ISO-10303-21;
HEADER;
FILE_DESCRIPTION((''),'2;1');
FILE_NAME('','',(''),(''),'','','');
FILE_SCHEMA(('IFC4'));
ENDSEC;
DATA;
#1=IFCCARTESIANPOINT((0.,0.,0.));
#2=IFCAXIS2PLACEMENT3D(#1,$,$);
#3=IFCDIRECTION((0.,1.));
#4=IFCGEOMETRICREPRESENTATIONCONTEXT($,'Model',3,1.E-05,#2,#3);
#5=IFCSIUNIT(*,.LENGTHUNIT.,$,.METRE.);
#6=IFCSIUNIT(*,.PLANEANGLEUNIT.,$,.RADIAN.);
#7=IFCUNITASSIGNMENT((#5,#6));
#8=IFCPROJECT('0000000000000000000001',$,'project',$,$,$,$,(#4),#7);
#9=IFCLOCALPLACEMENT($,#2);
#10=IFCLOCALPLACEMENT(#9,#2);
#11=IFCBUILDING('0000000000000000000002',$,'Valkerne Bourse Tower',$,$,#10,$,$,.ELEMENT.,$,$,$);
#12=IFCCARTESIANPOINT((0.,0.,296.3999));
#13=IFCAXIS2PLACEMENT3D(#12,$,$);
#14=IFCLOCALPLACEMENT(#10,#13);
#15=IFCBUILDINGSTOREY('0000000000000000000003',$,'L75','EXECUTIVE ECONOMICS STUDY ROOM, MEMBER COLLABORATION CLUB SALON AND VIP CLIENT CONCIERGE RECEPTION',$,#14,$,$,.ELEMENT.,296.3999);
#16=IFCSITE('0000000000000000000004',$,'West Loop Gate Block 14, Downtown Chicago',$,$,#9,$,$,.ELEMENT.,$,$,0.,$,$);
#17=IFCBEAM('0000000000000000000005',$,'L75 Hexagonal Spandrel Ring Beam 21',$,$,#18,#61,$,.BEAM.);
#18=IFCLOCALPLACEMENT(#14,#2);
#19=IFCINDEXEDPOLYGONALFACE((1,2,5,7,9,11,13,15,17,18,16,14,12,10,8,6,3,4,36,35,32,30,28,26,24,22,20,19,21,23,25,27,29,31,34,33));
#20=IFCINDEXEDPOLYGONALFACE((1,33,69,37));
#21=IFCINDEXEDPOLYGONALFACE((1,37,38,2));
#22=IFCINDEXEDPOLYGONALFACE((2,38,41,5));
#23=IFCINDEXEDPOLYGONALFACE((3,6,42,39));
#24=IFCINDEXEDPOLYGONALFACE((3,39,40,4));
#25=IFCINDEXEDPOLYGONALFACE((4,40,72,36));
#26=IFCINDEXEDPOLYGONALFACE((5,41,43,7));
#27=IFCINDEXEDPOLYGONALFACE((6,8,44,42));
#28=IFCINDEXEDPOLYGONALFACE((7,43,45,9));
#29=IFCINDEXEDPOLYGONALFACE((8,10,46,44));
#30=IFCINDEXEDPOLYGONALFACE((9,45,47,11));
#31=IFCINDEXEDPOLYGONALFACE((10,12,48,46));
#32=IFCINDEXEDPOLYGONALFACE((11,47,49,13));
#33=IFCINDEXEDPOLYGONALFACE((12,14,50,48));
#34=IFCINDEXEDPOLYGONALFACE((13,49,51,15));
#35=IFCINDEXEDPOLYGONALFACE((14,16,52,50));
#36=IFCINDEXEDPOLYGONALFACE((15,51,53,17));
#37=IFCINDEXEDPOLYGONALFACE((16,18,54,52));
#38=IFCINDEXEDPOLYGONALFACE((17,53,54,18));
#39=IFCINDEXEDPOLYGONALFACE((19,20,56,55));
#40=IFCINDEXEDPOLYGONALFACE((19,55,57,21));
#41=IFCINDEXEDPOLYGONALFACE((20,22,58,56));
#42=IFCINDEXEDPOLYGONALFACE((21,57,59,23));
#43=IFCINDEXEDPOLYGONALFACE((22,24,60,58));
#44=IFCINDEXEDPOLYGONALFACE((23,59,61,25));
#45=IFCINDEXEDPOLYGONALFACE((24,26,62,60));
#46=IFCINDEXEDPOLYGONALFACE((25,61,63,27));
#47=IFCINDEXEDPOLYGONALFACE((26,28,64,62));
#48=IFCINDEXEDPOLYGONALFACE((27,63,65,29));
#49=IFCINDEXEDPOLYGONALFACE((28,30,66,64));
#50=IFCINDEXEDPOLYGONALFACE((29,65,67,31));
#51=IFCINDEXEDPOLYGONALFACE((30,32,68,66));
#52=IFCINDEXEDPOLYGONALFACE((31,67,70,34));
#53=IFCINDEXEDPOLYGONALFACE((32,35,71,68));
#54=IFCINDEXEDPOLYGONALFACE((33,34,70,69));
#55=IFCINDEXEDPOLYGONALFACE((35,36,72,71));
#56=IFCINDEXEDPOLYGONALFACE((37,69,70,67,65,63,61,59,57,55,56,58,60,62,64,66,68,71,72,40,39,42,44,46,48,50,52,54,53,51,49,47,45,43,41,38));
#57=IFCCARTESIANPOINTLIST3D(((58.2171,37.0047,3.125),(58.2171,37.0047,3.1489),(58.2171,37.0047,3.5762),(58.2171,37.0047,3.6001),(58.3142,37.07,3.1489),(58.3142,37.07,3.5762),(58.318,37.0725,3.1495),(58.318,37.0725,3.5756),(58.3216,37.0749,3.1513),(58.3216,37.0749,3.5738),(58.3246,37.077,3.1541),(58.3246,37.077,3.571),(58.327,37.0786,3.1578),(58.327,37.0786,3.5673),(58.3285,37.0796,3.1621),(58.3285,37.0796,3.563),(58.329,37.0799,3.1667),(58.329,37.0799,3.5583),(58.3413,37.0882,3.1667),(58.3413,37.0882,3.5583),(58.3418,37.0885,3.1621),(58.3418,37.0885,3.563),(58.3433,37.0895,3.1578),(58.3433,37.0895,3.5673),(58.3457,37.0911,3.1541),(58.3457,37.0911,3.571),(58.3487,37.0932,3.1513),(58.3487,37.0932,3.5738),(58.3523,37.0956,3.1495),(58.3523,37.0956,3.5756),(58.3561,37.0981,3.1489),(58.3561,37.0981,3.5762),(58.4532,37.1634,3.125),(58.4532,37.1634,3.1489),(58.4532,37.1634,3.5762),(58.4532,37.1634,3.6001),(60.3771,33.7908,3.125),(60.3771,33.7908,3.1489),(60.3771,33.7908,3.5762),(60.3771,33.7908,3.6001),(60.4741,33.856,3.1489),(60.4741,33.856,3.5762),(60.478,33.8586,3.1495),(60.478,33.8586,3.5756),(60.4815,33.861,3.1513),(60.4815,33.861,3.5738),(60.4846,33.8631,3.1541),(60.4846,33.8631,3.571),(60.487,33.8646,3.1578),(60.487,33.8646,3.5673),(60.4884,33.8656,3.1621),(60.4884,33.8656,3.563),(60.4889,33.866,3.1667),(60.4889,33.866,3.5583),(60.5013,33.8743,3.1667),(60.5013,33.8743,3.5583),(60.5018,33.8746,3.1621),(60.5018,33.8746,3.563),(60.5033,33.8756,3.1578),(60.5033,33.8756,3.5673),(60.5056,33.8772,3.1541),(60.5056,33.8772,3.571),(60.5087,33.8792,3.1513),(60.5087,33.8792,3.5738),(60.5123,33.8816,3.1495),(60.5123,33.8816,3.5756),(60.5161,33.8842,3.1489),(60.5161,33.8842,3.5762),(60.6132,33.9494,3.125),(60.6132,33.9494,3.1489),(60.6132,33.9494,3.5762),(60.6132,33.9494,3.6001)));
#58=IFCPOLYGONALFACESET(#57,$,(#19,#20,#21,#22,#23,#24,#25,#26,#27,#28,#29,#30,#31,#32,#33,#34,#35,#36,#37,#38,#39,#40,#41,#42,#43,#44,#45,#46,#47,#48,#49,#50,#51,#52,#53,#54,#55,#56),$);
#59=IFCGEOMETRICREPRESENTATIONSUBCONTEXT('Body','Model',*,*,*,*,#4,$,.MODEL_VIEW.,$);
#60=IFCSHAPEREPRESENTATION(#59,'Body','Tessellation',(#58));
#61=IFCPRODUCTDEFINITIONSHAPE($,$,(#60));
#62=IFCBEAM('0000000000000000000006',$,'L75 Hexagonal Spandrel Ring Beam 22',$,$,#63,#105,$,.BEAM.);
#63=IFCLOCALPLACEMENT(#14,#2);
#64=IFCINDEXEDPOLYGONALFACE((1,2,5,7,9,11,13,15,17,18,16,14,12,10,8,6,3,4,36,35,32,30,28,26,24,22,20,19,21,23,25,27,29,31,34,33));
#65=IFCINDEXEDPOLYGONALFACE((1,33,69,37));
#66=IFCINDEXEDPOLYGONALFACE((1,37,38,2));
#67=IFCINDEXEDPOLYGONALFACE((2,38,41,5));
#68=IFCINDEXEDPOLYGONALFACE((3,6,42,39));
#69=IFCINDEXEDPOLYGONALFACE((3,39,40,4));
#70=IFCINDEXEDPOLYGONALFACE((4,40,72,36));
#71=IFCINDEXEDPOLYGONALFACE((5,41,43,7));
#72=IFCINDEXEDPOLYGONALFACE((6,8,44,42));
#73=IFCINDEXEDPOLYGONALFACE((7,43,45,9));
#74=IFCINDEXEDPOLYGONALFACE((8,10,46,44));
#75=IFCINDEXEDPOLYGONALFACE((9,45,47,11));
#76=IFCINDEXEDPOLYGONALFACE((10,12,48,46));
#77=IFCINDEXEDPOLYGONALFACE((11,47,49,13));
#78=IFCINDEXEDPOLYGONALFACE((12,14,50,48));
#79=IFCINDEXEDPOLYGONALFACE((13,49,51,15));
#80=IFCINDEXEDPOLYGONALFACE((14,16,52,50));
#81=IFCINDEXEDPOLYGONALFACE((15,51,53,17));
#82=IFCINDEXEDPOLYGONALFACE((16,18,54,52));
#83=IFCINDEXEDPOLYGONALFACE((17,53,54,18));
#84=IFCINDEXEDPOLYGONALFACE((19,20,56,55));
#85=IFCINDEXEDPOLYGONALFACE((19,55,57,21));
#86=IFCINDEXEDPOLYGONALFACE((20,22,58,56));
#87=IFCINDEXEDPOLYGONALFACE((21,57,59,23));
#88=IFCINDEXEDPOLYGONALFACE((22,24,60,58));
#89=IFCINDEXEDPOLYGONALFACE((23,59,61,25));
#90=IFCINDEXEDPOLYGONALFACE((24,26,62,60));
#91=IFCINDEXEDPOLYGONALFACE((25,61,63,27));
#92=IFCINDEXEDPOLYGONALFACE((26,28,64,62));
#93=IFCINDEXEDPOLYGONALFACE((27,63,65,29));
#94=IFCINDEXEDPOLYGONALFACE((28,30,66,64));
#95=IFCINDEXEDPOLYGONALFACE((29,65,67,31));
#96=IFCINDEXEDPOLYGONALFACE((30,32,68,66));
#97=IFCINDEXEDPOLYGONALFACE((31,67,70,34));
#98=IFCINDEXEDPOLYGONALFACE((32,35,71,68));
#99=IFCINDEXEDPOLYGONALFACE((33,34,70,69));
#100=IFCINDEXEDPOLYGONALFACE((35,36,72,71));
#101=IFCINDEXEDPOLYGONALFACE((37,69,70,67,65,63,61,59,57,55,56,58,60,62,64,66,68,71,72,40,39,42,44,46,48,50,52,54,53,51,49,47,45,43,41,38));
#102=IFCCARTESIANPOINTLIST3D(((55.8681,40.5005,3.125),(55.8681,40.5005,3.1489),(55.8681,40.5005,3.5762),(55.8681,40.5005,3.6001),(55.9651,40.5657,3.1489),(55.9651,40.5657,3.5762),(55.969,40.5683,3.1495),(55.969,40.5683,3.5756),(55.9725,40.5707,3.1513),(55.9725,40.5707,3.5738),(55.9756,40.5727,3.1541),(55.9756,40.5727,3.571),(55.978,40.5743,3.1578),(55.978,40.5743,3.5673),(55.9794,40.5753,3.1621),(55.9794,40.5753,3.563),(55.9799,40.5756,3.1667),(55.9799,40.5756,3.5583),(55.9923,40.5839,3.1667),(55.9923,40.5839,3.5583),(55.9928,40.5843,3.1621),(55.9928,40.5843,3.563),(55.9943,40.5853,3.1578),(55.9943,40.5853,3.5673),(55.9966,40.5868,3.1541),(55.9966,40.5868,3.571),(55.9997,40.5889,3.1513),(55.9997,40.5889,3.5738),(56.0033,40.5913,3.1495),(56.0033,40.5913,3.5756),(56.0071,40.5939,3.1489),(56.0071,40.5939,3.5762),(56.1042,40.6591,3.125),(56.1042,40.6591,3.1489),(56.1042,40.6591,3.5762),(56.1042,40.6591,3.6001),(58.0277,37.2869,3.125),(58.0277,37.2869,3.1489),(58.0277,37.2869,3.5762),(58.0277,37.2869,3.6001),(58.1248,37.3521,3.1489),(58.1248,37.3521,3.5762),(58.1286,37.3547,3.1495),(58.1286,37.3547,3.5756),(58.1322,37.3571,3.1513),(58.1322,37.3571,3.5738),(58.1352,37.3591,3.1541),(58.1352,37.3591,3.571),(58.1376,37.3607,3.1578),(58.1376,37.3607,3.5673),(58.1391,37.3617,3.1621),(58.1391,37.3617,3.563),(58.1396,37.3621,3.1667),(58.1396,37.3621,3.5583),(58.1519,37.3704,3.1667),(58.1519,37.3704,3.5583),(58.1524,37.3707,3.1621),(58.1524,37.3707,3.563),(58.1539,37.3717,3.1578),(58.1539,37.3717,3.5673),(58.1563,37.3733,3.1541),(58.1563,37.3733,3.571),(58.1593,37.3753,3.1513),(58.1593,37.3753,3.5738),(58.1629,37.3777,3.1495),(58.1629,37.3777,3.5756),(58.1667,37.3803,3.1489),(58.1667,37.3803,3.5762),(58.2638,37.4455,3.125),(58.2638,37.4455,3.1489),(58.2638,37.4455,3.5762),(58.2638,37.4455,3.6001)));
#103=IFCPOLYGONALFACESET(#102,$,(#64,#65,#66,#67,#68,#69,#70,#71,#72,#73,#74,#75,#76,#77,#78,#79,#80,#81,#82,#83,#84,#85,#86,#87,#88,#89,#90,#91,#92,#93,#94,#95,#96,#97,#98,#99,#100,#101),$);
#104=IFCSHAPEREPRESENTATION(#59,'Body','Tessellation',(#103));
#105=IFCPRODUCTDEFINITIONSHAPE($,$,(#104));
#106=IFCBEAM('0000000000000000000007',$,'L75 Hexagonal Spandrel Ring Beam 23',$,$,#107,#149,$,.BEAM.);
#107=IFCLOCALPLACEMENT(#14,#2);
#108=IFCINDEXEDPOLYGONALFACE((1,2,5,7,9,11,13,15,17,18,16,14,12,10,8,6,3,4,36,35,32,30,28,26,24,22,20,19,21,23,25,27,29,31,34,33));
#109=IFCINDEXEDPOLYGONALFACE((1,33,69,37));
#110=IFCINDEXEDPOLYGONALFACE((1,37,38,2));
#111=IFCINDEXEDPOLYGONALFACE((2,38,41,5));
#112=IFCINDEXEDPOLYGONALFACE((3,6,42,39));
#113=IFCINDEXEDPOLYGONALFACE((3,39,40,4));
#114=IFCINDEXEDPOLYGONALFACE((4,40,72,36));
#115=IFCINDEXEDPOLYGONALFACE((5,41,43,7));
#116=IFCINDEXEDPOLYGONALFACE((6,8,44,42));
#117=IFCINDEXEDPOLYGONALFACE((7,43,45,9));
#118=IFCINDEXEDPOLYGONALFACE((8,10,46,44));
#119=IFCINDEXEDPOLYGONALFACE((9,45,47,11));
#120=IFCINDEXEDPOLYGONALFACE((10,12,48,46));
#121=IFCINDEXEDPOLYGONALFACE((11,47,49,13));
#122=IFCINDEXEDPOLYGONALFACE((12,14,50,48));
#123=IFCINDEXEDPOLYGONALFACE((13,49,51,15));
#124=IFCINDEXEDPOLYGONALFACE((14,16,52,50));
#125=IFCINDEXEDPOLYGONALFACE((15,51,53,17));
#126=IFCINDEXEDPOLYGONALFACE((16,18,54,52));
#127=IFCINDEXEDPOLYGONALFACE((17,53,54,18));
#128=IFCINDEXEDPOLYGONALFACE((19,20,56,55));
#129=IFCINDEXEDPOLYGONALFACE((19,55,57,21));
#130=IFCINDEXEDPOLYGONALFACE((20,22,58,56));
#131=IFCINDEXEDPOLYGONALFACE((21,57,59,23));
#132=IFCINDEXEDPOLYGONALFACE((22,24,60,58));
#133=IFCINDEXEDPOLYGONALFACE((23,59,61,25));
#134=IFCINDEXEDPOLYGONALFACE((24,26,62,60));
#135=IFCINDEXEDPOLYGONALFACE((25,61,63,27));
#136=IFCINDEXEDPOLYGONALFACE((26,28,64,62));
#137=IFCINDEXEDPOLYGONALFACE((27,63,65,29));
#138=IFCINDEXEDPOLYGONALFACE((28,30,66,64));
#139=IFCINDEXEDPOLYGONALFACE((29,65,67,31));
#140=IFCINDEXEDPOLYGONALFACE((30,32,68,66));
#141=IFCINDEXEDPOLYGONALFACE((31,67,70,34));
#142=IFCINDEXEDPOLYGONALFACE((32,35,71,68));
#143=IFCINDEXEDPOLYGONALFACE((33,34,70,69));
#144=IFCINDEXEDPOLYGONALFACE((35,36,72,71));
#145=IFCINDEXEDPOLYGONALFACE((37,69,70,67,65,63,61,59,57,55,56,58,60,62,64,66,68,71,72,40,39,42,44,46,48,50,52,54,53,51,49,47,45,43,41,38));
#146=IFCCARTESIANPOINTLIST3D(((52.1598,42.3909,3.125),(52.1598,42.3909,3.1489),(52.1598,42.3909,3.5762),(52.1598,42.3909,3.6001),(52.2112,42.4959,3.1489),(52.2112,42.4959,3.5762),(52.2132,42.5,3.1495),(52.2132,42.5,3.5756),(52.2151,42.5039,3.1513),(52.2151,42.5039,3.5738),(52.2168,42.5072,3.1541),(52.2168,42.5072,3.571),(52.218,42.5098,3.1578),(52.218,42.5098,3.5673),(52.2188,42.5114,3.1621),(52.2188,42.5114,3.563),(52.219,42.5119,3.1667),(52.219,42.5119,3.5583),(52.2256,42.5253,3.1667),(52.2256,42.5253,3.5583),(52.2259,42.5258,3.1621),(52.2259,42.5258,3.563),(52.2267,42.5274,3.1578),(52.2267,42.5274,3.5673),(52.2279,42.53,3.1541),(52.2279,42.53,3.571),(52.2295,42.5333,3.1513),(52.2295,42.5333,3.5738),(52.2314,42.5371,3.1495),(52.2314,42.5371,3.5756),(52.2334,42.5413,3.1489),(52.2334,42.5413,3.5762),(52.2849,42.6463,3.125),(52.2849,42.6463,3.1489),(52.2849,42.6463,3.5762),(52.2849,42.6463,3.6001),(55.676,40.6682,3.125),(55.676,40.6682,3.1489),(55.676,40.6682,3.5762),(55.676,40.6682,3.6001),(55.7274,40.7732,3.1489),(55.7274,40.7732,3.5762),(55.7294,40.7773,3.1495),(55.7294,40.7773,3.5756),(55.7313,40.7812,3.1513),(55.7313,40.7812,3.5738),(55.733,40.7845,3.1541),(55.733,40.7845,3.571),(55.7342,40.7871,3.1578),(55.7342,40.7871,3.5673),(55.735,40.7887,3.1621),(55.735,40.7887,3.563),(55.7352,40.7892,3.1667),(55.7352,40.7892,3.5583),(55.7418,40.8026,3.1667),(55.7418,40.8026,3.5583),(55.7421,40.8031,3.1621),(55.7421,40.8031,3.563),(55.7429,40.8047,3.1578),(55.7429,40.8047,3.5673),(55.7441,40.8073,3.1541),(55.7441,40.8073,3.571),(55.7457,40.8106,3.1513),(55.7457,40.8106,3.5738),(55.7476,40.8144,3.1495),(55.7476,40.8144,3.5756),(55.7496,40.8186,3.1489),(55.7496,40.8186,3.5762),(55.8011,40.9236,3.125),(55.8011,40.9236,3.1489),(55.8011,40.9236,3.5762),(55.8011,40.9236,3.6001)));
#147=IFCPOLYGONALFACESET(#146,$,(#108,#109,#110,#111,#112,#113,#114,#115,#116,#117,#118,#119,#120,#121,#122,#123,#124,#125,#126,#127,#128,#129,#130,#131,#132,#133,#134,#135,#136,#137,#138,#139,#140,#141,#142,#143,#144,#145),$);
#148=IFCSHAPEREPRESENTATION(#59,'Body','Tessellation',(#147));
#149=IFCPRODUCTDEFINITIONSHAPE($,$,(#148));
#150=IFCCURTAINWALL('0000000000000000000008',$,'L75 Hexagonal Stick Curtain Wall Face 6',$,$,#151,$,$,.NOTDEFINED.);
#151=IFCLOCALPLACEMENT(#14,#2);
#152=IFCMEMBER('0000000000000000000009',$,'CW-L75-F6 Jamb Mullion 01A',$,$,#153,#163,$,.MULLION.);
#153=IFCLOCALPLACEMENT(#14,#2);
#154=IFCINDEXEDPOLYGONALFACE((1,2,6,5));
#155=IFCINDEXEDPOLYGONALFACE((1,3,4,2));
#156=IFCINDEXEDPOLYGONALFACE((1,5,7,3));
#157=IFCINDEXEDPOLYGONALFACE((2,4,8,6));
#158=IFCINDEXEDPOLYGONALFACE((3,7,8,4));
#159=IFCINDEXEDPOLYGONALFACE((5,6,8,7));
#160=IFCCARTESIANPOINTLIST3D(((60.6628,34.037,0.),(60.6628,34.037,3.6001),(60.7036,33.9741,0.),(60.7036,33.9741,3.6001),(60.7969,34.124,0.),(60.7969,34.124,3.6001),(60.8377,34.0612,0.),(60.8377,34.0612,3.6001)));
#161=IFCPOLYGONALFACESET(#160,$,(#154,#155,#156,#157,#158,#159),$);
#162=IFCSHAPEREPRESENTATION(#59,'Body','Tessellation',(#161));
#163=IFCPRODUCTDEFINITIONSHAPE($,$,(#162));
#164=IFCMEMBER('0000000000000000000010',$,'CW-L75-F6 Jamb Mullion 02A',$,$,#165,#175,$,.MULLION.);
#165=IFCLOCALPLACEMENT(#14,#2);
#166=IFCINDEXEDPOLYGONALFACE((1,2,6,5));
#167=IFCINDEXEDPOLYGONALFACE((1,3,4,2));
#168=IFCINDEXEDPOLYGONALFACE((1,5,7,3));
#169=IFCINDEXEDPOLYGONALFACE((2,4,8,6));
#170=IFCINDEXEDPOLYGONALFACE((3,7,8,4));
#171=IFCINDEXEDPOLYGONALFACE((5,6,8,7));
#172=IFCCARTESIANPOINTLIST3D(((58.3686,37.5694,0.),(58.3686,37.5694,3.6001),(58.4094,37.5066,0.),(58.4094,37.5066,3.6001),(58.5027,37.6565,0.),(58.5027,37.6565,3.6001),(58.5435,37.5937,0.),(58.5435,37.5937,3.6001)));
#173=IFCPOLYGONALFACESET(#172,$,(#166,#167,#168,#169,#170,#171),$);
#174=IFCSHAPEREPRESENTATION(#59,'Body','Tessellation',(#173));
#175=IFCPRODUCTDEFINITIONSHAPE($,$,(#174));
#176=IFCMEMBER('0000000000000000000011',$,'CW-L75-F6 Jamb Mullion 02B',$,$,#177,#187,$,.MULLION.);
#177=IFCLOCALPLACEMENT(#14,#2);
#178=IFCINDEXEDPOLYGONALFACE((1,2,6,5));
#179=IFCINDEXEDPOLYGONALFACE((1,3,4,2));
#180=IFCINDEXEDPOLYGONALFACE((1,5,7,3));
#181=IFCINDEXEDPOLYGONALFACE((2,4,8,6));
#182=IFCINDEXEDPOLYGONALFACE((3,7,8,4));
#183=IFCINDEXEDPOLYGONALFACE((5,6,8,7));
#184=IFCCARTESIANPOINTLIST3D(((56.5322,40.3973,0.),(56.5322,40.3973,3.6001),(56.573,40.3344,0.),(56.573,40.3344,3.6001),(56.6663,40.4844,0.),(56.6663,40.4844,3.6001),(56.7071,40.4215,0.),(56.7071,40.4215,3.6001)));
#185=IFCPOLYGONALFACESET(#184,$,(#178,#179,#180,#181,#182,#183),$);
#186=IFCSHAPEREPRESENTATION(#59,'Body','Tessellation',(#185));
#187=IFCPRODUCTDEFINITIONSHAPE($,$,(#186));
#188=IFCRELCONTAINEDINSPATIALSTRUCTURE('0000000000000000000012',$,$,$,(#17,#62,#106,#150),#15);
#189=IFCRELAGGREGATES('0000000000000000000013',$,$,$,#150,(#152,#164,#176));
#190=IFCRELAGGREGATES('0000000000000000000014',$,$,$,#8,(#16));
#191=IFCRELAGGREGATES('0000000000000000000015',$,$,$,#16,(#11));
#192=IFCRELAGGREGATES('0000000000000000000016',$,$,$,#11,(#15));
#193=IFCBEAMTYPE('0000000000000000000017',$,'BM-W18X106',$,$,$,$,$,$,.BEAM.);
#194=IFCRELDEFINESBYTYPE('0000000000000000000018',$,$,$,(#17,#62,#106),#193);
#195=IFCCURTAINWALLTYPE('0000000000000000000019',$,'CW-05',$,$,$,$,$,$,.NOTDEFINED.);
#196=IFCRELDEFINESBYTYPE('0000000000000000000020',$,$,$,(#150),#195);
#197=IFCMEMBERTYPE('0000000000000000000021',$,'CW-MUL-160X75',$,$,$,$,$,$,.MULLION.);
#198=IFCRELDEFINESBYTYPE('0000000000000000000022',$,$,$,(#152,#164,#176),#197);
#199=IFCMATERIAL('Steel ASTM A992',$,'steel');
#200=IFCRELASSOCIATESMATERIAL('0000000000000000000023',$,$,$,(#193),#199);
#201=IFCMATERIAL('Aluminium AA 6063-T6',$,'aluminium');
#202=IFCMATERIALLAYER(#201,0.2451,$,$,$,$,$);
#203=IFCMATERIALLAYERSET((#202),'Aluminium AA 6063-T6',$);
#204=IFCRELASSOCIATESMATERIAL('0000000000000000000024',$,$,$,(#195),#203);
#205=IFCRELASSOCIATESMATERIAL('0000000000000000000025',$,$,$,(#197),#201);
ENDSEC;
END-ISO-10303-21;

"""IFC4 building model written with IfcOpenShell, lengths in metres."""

from ifc_helpers import new_model, si_unit, direction, frame, origin, origin_2d, place, context, subcontext, project, spatial, rectangle, i_section, extrude, material, layer, layer_set, material_profile, profile_set, type_object, element, aggregate, save


model = new_model("IFC4")

# Units and contexts
model_context = context("Model", 3, precision=1e-05, world=origin(), true_north=direction((0.0, 1.0)))
body_context = subcontext(model_context, "Body", "Model", "MODEL_VIEW")
ifc_project = project(units=[si_unit("LENGTHUNIT", "METRE"), si_unit("PLANEANGLEUNIT", "RADIAN")], contexts=[model_context])

# Site, building, storey
site_placement = place(None, origin())
site = spatial("IfcSite", under=ifc_project, at=site_placement, Name="West Loop Gate Block 14, Downtown Chicago", CompositionType="ELEMENT", RefElevation=0.0)
building_placement = place(site_placement, origin())
building = spatial("IfcBuilding", under=site, at=building_placement, Name="Valkerne Bourse Tower", CompositionType="ELEMENT")
storey_placement = place(building_placement, frame((0.0, 0.0, 296.3999)))
storey = spatial("IfcBuildingStorey", under=building, at=storey_placement, Name="L75", Description="EXECUTIVE ECONOMICS STUDY ROOM, MEMBER COLLABORATION CLUB SALON AND VIP CLIENT CONCIERGE RECEPTION", CompositionType="ELEMENT", Elevation=296.3999)

# Beams
ifc_material_1 = material(Name="Steel ASTM A992", Category="steel")
ifc_material_profile_1 = material_profile(ifc_material_1, i_section(OverallWidth=0.2844, OverallDepth=0.4751, WebThickness=0.0149, FlangeThickness=0.0239, FilletRadius=0.0178, at=origin_2d()), Name="W18X106")
ifc_profile_set_1 = profile_set([ifc_material_profile_1], Name="Steel ASTM A992")
beam_type = type_object("IfcBeamType", Name="BM-W18X106", PredefinedType="BEAM", material=ifc_profile_set_1)
beam_1_placement = place(storey_placement, frame((60.4951, 33.8701, 3.3625), z_axis=(-0.557795, 0.829978, 0.0), x_axis=(-0.829978, -0.557795, 0.0)))
element("IfcBeam", 1, at=beam_1_placement, inside=storey, type_object=beam_type, Name="L75 Hexagonal Spandrel Ring Beam 21", PredefinedType="BEAM", context=body_context, shape_type="SweptSolid", body=[
    extrude(i_section(OverallWidth=0.2844, OverallDepth=0.4751, WebThickness=0.0149, FlangeThickness=0.0239, FilletRadius=0.0178, at=origin_2d()), origin(), (0.0, 0.0, 1.0), 3.8723),
])
beam_2_placement = place(storey_placement, frame((58.1458, 37.3662, 3.3625), z_axis=(-0.557781, 0.829988, 0.0), x_axis=(-0.829988, -0.557781, 0.0)))
element("IfcBeam", 2, at=beam_2_placement, inside=storey, type_object=beam_type, Name="L75 Hexagonal Spandrel Ring Beam 22", PredefinedType="BEAM", context=body_context, shape_type="SweptSolid", body=[
    extrude(i_section(OverallWidth=0.2844, OverallDepth=0.4751, WebThickness=0.0149, FlangeThickness=0.0239, FilletRadius=0.0178, at=origin_2d()), origin(), (0.0, 0.0, 1.0), 3.8718),
])
beam_3_placement = place(storey_placement, frame((55.7385, 40.7959, 3.3625), z_axis=(-0.898014, 0.439966, 0.0), x_axis=(-0.439966, -0.898014, 0.0)))
element("IfcBeam", 3, at=beam_3_placement, inside=storey, type_object=beam_type, Name="L75 Hexagonal Spandrel Ring Beam 23", PredefinedType="BEAM", context=body_context, shape_type="SweptSolid", body=[
    extrude(i_section(OverallWidth=0.2844, OverallDepth=0.4751, WebThickness=0.0149, FlangeThickness=0.0239, FilletRadius=0.0178, at=origin_2d()), origin(), (0.0, 0.0, 1.0), 3.9155),
])

# Curtain wall, members
ifc_material_2 = material(Name="Aluminium AA 6063-T6", Category="aluminium")
ifc_layer_1 = layer(ifc_material_2, 0.2451)
ifc_layer_set_1 = layer_set([ifc_layer_1], Name="Aluminium AA 6063-T6")
curtain_wall_type = type_object("IfcCurtainWallType", Name="CW-05", PredefinedType="NOTDEFINED", material=ifc_layer_set_1)
curtain_wall_1_placement = place(storey_placement, origin())
curtain_wall_1 = element("IfcCurtainWall", 4, at=curtain_wall_1_placement, inside=storey, type_object=curtain_wall_type, Name="L75 Hexagonal Stick Curtain Wall Face 6", PredefinedType="NOTDEFINED")
ifc_material_profile_2 = material_profile(ifc_material_2, rectangle(XDim=0.075, YDim=0.1599, at=origin_2d()), Name="CWM-75X160")
ifc_profile_set_2 = profile_set([ifc_material_profile_2], Name="Aluminium AA 6063-T6")
member_type_1 = type_object("IfcMemberType", Name="CW-MUL-160X75", PredefinedType="MULLION", material=ifc_profile_set_2)
member_1_placement = place(storey_placement, frame((60.7502, 34.0491, 0.0), z_axis=(0.0, 0.0, 1.0), x_axis=(-0.54465, 0.838663, 0.0)))
member_1 = element("IfcMember", 5, at=member_1_placement, type_object=member_type_1, Name="CW-L75-F6 Jamb Mullion 01A", PredefinedType="MULLION", context=body_context, shape_type="SweptSolid", body=[
    extrude(rectangle(XDim=0.075, YDim=0.1599, at=origin_2d()), origin(), (0.0, 0.0, 1.0), 3.6001),
])
member_2_placement = place(storey_placement, frame((58.4561, 37.5815, 0.0), z_axis=(0.0, 0.0, 1.0), x_axis=(-0.544634, 0.838674, 0.0)))
member_2 = element("IfcMember", 6, at=member_2_placement, type_object=member_type_1, Name="CW-L75-F6 Jamb Mullion 02A", PredefinedType="MULLION", context=body_context, shape_type="SweptSolid", body=[
    extrude(rectangle(XDim=0.075, YDim=0.1599, at=origin_2d()), origin(), (0.0, 0.0, 1.0), 3.6001),
])
member_3_placement = place(storey_placement, frame((56.6196, 40.4094, 0.0), z_axis=(0.0, 0.0, 1.0), x_axis=(-0.544634, 0.838674, 0.0)))
member_3 = element("IfcMember", 7, at=member_3_placement, type_object=member_type_1, Name="CW-L75-F6 Jamb Mullion 02B", PredefinedType="MULLION", context=body_context, shape_type="SweptSolid", body=[
    extrude(rectangle(XDim=0.075, YDim=0.1599, at=origin_2d()), origin(), (0.0, 0.0, 1.0), 3.6001),
])

aggregate(curtain_wall_1, [member_1, member_2, member_3])

save(model, "model.ifc")
